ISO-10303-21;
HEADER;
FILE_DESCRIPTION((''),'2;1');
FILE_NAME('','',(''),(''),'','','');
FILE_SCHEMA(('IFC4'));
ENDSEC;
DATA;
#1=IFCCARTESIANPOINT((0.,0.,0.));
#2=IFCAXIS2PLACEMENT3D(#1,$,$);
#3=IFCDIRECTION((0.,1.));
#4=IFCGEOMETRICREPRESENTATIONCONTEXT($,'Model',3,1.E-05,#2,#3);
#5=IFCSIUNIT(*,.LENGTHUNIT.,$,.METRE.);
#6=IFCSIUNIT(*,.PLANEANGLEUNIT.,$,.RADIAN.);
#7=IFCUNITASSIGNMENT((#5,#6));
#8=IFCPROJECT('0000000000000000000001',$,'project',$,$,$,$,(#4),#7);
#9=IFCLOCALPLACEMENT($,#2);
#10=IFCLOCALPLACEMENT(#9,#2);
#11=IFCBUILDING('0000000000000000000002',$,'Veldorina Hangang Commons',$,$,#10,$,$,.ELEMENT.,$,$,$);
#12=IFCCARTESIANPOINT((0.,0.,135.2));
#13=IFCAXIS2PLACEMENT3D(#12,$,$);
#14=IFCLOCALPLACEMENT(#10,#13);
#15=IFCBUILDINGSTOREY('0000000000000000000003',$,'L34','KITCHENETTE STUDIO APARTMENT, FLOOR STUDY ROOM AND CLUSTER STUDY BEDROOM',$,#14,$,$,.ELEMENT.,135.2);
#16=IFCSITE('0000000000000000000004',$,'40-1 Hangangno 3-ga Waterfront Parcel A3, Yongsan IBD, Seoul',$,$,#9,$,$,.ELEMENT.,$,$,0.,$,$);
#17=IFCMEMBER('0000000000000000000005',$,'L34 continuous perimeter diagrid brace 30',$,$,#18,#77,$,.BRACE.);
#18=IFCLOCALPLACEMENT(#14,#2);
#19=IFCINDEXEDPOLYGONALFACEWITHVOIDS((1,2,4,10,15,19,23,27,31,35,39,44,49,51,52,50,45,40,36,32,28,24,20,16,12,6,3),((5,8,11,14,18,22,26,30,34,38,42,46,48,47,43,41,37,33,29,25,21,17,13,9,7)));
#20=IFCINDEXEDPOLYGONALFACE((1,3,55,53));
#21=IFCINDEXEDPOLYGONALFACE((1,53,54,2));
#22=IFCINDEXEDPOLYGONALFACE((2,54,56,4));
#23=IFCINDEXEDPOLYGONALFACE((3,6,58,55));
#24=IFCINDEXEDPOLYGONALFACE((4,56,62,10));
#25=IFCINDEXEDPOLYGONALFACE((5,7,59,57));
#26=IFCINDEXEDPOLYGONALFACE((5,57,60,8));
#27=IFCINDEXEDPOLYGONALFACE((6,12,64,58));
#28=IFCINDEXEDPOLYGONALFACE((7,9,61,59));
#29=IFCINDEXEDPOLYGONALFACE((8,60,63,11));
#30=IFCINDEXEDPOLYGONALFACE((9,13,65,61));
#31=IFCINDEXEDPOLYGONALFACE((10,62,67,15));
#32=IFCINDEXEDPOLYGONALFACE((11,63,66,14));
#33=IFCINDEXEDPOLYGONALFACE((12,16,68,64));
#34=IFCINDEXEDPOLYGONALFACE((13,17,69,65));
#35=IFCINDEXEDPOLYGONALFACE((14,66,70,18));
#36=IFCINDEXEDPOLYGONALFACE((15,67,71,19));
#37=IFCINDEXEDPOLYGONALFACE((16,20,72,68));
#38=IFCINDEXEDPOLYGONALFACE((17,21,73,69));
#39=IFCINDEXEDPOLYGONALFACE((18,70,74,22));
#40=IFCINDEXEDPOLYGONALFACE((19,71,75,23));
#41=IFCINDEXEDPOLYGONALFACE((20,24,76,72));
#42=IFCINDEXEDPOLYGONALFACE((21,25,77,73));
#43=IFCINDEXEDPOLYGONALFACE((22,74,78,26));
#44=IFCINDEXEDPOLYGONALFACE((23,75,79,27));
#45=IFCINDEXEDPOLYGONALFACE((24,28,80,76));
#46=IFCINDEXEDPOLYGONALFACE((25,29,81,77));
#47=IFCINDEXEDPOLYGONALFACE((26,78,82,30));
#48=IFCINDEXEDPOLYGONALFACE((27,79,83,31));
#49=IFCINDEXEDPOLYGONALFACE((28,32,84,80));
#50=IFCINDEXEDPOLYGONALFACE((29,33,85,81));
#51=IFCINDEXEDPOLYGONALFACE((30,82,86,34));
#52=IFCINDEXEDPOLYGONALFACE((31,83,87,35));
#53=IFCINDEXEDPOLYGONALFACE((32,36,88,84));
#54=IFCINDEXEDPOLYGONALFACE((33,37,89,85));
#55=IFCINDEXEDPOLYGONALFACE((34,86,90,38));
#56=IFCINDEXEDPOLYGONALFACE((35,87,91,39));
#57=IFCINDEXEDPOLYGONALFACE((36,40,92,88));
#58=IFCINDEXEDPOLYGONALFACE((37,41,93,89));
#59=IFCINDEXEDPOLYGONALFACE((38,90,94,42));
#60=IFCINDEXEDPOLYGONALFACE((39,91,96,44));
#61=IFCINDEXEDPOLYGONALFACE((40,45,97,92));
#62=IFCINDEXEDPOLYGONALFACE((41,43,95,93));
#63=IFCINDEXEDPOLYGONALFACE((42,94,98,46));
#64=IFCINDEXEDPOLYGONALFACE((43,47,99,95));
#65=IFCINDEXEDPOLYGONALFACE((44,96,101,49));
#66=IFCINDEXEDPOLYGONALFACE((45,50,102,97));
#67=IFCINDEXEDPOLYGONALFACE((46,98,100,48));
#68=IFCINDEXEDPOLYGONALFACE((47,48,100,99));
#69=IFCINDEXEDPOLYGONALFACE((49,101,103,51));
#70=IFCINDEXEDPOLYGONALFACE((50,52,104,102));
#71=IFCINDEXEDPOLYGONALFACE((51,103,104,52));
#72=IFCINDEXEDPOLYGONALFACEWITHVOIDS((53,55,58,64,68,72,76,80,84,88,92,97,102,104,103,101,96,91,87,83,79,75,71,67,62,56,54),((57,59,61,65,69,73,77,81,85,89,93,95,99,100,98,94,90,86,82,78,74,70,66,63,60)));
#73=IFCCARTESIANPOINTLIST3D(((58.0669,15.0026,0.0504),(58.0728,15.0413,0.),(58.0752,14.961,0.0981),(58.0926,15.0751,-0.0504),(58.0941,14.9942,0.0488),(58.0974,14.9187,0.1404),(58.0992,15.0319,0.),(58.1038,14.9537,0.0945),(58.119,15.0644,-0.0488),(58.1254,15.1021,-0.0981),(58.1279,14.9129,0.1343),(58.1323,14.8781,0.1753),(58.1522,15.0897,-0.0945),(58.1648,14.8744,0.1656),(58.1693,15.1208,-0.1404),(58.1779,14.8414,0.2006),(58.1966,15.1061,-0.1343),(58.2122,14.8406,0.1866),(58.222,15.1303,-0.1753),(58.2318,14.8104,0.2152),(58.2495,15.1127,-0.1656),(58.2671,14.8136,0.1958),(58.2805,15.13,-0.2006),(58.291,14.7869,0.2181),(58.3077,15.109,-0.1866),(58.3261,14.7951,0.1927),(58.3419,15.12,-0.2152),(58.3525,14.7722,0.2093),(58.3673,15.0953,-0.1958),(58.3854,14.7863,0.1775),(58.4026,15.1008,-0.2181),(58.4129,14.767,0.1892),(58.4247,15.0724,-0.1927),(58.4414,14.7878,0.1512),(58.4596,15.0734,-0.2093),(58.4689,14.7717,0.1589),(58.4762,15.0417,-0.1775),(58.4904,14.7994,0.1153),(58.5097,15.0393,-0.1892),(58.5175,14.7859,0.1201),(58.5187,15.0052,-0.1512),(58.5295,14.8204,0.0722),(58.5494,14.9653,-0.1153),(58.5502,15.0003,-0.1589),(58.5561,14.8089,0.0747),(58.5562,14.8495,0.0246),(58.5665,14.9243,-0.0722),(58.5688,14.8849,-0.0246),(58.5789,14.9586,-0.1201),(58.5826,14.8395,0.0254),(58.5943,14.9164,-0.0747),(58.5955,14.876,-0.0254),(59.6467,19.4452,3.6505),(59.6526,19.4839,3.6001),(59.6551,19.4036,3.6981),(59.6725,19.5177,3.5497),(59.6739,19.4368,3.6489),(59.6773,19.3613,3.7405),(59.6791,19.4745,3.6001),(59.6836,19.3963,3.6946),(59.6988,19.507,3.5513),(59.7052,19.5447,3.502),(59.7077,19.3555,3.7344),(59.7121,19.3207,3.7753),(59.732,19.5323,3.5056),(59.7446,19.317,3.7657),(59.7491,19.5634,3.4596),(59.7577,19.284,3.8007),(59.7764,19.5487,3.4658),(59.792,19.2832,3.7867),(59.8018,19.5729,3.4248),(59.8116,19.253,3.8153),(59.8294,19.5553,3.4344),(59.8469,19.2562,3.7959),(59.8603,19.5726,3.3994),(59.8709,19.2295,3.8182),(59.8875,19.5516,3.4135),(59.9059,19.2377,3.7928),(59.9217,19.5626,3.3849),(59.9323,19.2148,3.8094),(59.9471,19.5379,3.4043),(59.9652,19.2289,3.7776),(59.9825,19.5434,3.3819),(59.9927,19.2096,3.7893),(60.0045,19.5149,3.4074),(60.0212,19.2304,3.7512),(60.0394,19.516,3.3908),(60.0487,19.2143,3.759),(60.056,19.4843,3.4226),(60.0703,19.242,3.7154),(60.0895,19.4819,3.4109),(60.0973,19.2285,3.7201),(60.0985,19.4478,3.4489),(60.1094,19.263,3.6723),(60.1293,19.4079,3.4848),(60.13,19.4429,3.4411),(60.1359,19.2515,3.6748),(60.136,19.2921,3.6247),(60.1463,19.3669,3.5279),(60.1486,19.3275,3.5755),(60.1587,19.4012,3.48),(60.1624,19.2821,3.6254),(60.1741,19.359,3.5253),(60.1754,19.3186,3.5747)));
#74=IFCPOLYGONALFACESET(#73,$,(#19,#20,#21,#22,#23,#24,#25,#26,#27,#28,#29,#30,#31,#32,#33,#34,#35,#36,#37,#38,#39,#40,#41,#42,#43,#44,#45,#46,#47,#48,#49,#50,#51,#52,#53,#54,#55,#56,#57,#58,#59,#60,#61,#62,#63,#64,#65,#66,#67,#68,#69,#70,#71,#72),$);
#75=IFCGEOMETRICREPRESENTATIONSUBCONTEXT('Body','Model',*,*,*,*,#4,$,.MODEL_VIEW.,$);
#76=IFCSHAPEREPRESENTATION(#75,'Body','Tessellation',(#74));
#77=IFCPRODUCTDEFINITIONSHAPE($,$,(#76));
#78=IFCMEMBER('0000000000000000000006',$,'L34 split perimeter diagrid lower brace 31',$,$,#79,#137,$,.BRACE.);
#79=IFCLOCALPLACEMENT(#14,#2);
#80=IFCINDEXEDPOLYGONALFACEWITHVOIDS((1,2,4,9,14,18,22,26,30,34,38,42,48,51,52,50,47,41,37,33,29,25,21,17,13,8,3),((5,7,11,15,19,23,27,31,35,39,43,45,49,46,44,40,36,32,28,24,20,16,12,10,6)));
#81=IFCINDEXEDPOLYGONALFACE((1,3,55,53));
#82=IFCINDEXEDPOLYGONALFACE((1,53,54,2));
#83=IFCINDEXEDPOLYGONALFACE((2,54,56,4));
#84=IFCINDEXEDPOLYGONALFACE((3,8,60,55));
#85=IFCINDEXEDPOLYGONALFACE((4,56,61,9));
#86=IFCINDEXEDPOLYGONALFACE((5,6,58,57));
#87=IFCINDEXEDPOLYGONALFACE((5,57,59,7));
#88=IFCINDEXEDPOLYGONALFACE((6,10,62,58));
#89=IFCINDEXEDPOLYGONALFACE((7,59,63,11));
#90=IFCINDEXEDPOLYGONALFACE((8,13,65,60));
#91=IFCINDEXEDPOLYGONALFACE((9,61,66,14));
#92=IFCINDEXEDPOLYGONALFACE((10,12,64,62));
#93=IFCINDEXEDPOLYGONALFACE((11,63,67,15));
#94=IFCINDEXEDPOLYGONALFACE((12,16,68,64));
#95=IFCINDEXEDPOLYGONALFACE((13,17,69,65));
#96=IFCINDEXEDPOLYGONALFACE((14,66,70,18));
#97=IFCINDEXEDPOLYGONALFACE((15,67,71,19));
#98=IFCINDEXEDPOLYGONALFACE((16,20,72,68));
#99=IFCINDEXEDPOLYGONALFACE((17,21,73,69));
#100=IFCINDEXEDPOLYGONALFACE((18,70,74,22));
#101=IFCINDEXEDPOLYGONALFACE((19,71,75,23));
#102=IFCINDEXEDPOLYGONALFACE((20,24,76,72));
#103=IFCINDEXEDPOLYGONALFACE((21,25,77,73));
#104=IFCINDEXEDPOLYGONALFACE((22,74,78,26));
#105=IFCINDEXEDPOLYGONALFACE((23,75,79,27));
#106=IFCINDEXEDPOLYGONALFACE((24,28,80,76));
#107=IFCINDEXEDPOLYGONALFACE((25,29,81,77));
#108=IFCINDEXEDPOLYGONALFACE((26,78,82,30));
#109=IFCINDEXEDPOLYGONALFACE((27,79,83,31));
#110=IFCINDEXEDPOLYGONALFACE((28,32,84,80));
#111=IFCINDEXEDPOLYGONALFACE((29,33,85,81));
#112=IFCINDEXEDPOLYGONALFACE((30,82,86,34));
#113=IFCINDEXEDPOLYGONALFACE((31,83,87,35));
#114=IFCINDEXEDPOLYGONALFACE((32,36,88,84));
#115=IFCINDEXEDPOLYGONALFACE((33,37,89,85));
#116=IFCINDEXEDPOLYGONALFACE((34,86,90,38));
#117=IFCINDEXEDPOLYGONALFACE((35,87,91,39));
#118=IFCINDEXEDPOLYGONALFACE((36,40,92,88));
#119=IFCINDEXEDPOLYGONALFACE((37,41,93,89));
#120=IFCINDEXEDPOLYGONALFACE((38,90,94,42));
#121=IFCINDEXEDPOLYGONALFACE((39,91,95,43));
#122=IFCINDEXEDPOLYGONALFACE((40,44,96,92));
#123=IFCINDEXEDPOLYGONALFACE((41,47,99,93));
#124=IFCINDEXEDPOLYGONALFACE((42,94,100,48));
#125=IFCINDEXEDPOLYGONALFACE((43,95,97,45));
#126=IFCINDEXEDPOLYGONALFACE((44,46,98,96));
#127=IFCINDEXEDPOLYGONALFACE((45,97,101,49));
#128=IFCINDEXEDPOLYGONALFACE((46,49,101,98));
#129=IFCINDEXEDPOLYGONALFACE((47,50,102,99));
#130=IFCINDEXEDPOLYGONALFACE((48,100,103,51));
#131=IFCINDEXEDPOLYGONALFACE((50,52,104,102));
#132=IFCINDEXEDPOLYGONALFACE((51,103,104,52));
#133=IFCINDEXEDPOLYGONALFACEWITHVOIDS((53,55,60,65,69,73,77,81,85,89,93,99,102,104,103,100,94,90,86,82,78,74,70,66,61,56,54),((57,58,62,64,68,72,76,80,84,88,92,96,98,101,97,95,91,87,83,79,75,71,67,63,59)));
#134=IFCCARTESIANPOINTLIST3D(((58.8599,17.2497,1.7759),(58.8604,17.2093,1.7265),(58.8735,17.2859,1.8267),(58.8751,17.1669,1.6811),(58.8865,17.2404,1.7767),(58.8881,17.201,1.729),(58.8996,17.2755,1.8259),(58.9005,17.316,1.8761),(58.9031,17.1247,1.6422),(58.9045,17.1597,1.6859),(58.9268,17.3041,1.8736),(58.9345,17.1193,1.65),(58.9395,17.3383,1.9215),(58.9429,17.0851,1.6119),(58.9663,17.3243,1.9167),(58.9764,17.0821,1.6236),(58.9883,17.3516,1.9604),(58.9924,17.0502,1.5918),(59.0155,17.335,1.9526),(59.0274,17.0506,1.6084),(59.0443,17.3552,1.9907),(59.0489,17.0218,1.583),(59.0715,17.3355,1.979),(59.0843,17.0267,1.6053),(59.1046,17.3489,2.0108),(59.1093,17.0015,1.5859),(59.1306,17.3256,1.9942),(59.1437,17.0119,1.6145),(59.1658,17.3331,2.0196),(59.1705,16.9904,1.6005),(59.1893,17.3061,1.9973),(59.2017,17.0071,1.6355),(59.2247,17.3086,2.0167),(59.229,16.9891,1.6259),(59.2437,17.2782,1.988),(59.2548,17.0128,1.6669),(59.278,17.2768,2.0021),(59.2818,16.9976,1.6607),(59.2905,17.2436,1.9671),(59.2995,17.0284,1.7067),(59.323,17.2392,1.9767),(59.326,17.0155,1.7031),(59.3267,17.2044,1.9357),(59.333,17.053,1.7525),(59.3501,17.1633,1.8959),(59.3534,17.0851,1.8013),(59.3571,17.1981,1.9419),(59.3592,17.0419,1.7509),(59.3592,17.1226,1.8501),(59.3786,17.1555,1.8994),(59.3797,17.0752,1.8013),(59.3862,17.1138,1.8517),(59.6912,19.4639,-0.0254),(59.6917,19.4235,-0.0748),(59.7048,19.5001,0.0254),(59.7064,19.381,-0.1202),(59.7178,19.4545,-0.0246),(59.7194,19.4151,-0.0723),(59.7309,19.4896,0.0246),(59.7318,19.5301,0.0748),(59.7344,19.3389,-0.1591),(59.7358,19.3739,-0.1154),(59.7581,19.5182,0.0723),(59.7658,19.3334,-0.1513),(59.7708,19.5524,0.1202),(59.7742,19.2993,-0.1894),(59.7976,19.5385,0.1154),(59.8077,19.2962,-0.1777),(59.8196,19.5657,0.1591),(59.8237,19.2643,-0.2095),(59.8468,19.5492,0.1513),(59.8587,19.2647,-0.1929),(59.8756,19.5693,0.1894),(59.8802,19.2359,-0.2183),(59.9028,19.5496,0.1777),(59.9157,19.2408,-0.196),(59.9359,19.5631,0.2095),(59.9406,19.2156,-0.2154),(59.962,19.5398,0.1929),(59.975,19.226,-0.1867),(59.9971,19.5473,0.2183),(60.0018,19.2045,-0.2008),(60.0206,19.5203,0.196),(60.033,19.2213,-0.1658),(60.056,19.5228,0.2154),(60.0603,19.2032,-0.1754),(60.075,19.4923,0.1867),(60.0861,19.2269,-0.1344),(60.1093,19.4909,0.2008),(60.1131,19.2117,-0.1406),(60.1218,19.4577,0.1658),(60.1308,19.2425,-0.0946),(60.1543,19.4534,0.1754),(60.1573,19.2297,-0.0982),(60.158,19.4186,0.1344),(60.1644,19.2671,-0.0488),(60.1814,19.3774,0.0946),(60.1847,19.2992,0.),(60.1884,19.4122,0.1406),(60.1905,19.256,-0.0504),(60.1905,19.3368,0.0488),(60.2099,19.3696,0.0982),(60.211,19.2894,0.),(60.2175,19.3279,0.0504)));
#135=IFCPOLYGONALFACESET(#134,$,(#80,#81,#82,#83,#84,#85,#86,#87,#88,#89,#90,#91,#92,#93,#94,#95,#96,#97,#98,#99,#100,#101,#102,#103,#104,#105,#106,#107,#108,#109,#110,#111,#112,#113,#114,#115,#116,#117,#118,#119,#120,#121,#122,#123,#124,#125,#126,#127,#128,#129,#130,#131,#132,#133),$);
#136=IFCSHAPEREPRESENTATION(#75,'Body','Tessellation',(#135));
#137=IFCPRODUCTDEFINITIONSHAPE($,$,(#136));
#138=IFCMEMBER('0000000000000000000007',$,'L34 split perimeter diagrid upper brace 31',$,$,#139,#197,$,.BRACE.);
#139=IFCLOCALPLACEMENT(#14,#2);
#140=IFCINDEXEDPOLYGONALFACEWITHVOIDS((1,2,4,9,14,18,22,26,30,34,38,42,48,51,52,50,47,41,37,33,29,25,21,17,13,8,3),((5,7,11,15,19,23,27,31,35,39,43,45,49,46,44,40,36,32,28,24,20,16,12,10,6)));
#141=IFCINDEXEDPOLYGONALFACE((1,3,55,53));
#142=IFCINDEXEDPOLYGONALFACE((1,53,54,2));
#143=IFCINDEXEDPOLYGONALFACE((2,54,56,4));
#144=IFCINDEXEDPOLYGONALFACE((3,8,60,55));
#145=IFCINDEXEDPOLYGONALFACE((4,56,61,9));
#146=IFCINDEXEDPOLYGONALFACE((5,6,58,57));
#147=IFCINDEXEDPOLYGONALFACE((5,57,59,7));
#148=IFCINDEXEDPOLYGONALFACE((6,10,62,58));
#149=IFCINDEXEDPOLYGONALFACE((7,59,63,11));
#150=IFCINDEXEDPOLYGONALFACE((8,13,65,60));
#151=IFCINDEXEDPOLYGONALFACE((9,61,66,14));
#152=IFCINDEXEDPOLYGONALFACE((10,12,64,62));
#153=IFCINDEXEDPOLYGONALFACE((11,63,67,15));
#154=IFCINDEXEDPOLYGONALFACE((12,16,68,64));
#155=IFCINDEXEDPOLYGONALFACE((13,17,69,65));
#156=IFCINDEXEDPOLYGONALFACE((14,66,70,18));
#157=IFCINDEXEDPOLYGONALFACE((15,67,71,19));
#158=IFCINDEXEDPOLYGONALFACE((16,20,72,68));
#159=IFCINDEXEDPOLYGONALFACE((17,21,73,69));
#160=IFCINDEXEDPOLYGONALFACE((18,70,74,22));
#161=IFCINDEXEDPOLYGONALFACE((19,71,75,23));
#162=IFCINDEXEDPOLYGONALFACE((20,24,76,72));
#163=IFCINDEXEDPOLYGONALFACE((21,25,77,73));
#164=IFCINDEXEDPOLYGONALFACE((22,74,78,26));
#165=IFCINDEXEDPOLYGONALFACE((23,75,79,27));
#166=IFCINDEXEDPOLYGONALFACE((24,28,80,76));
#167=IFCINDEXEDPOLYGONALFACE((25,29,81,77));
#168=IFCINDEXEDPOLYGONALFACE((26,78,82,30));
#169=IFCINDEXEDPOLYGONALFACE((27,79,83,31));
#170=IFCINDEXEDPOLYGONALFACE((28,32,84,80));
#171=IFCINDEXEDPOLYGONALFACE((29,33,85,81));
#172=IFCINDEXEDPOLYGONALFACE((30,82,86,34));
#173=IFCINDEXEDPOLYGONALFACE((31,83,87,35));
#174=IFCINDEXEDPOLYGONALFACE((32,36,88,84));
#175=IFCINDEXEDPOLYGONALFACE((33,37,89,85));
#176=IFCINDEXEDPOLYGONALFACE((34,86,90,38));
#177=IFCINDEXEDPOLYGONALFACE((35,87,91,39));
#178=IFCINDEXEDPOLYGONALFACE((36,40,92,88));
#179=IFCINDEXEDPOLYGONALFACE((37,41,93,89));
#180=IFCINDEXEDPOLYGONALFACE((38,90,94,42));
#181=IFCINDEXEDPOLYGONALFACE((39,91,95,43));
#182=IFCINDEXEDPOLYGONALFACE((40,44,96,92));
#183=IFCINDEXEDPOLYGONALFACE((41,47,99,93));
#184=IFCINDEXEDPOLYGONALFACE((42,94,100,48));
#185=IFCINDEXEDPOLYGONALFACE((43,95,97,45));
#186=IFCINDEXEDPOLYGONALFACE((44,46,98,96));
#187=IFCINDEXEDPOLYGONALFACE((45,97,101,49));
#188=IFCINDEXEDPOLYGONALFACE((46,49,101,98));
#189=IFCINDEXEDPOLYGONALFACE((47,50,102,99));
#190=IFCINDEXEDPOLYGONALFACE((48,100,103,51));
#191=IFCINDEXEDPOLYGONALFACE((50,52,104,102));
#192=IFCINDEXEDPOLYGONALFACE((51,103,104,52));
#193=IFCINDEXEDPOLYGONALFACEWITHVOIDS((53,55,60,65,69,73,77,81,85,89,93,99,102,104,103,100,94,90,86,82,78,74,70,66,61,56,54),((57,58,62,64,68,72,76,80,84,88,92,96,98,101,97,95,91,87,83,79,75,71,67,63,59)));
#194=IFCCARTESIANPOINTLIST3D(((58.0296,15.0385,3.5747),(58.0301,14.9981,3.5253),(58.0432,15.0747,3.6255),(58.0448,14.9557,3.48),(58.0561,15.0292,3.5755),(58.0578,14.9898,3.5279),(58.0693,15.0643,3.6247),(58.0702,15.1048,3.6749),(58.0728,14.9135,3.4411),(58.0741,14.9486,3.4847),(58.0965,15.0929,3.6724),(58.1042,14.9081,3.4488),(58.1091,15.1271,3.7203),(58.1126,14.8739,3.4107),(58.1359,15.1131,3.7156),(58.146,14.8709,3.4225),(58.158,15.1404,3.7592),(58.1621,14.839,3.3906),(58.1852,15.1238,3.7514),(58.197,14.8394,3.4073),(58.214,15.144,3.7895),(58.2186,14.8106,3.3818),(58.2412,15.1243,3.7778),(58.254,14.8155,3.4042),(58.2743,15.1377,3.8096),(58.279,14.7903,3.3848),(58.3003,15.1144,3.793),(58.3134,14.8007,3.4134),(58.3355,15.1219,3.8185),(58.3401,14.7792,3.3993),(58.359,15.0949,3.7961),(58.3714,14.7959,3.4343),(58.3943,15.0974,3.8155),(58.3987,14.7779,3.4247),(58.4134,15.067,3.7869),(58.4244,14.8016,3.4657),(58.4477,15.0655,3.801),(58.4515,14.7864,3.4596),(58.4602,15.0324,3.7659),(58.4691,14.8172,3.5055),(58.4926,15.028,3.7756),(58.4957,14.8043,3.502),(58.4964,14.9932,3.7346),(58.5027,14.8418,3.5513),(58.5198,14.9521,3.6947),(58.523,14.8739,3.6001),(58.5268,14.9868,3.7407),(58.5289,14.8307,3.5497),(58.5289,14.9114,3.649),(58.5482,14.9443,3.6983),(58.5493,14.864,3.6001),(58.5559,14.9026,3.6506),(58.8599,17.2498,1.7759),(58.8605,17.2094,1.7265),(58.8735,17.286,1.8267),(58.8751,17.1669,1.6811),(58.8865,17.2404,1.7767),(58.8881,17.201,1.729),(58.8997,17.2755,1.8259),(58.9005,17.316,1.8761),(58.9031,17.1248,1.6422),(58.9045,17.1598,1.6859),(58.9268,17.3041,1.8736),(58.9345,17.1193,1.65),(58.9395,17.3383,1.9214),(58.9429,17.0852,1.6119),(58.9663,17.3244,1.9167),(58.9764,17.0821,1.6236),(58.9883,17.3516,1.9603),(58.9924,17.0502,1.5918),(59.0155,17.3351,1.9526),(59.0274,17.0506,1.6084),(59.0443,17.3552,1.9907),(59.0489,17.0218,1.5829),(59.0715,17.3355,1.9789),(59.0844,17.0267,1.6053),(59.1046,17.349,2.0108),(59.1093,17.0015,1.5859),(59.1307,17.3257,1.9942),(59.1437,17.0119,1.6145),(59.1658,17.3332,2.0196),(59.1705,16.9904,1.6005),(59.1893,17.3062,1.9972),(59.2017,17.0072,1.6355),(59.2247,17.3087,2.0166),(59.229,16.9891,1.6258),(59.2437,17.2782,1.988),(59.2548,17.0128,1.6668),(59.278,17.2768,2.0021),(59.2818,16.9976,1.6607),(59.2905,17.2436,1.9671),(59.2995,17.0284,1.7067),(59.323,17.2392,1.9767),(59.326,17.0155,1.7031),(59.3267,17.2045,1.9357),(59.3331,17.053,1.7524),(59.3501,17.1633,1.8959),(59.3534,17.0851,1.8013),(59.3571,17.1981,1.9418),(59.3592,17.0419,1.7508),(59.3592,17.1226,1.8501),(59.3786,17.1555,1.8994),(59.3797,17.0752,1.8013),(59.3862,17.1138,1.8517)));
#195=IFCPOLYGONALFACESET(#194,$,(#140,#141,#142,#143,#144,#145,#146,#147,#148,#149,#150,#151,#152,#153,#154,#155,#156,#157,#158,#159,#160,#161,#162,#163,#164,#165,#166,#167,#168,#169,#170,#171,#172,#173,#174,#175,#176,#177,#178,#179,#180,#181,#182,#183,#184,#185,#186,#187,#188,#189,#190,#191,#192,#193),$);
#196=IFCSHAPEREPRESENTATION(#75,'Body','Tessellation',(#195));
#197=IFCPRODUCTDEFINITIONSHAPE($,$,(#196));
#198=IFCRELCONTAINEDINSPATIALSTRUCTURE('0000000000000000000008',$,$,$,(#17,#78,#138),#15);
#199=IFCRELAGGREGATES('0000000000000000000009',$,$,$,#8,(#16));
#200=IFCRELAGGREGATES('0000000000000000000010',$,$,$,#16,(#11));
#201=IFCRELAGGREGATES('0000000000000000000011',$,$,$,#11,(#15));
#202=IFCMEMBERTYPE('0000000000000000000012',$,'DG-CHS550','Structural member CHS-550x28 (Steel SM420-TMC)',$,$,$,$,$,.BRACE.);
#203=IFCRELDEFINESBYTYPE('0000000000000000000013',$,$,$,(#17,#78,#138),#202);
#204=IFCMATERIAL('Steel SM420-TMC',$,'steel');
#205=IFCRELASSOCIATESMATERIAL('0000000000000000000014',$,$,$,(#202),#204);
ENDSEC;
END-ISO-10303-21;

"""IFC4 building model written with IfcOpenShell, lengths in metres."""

from ifc_helpers import new_model, si_unit, direction, frame, origin, origin_2d, place, context, subcontext, project, spatial, hollow_circle, extrude, material, material_profile, profile_set, type_object, element, save


model = new_model("IFC4")

# Units and contexts
model_context = context("Model", 3, precision=1e-05, world=origin(), true_north=direction((0.0, 1.0)))
body_context = subcontext(model_context, "Body", "Model", "MODEL_VIEW")
ifc_project = project(units=[si_unit("LENGTHUNIT", "METRE"), si_unit("PLANEANGLEUNIT", "RADIAN")], contexts=[model_context])

# Site, building, storey
site_placement = place(None, origin())
site = spatial("IfcSite", under=ifc_project, at=site_placement, Name="40-1 Hangangno 3-ga Waterfront Parcel A3, Yongsan IBD, Seoul", CompositionType="ELEMENT", RefElevation=0.0)
building_placement = place(site_placement, origin())
building = spatial("IfcBuilding", under=site, at=building_placement, Name="Veldorina Hangang Commons", CompositionType="ELEMENT")
storey_placement = place(building_placement, frame((0.0, 0.0, 135.2)))
storey = spatial("IfcBuildingStorey", under=building, at=storey_placement, Name="L34", Description="KITCHENETTE STUDIO APARTMENT, FLOOR STUDY ROOM AND CLUSTER STUDY BEDROOM", CompositionType="ELEMENT", Elevation=135.2)

# Shared definitions
ifc_material_1 = material(Name="Steel SM420-TMC", Category="steel")

# Members
ifc_material_profile_1 = material_profile(ifc_material_1, hollow_circle(Radius=0.2749, WallThickness=0.0281, at=origin_2d()), Name="CHS-550x28")
ifc_profile_set_1 = profile_set([ifc_material_profile_1], Name="Steel SM420-TMC")
member_type_1 = type_object("IfcMemberType", Name="DG-CHS550", Description="Structural member CHS-550x28 (Steel SM420-TMC)", PredefinedType="BRACE", material=ifc_profile_set_1)
member_1_placement = place(storey_placement, frame((58.3318, 14.9492, 0.0), z_axis=(0.266306, 0.748874, 0.606852), x_axis=(-0.942199, 0.335054, 0.0)))
element("IfcMember", 1, at=member_1_placement, inside=storey, type_object=member_type_1, Name="L34 continuous perimeter diagrid brace 30", PredefinedType="BRACE", context=body_context, shape_type="SweptSolid", body=[
    extrude(hollow_circle(Radius=0.2749, WallThickness=0.0281, at=origin_2d()), origin(), (0.0, 0.0, 1.0), 5.9324),
])
member_2_placement = place(storey_placement, frame((59.9536, 19.386, 0.0), z_axis=(-0.279629, -0.744774, 0.605904), x_axis=(0.936189, -0.351497, 0.0)))
element("IfcMember", 2, at=member_2_placement, inside=storey, type_object=member_type_1, Name="L34 split perimeter diagrid lower brace 31", PredefinedType="BRACE", context=body_context, shape_type="SweptSolid", body=[
    extrude(hollow_circle(Radius=0.2749, WallThickness=0.0281, at=origin_2d()), origin(), (0.0, 0.0, 1.0), 2.9729),
])
member_3_placement = place(storey_placement, frame((59.1223, 17.1719, 1.8013), z_axis=(-0.279671, -0.744774, 0.605884), x_axis=(0.936172, -0.351543, 0.0)))
element("IfcMember", 3, at=member_3_placement, inside=storey, type_object=member_type_1, Name="L34 split perimeter diagrid upper brace 31", PredefinedType="BRACE", context=body_context, shape_type="SweptSolid", body=[
    extrude(hollow_circle(Radius=0.2749, WallThickness=0.0281, at=origin_2d()), origin(), (0.0, 0.0, 1.0), 2.969),
])

save(model, "model.ifc")
